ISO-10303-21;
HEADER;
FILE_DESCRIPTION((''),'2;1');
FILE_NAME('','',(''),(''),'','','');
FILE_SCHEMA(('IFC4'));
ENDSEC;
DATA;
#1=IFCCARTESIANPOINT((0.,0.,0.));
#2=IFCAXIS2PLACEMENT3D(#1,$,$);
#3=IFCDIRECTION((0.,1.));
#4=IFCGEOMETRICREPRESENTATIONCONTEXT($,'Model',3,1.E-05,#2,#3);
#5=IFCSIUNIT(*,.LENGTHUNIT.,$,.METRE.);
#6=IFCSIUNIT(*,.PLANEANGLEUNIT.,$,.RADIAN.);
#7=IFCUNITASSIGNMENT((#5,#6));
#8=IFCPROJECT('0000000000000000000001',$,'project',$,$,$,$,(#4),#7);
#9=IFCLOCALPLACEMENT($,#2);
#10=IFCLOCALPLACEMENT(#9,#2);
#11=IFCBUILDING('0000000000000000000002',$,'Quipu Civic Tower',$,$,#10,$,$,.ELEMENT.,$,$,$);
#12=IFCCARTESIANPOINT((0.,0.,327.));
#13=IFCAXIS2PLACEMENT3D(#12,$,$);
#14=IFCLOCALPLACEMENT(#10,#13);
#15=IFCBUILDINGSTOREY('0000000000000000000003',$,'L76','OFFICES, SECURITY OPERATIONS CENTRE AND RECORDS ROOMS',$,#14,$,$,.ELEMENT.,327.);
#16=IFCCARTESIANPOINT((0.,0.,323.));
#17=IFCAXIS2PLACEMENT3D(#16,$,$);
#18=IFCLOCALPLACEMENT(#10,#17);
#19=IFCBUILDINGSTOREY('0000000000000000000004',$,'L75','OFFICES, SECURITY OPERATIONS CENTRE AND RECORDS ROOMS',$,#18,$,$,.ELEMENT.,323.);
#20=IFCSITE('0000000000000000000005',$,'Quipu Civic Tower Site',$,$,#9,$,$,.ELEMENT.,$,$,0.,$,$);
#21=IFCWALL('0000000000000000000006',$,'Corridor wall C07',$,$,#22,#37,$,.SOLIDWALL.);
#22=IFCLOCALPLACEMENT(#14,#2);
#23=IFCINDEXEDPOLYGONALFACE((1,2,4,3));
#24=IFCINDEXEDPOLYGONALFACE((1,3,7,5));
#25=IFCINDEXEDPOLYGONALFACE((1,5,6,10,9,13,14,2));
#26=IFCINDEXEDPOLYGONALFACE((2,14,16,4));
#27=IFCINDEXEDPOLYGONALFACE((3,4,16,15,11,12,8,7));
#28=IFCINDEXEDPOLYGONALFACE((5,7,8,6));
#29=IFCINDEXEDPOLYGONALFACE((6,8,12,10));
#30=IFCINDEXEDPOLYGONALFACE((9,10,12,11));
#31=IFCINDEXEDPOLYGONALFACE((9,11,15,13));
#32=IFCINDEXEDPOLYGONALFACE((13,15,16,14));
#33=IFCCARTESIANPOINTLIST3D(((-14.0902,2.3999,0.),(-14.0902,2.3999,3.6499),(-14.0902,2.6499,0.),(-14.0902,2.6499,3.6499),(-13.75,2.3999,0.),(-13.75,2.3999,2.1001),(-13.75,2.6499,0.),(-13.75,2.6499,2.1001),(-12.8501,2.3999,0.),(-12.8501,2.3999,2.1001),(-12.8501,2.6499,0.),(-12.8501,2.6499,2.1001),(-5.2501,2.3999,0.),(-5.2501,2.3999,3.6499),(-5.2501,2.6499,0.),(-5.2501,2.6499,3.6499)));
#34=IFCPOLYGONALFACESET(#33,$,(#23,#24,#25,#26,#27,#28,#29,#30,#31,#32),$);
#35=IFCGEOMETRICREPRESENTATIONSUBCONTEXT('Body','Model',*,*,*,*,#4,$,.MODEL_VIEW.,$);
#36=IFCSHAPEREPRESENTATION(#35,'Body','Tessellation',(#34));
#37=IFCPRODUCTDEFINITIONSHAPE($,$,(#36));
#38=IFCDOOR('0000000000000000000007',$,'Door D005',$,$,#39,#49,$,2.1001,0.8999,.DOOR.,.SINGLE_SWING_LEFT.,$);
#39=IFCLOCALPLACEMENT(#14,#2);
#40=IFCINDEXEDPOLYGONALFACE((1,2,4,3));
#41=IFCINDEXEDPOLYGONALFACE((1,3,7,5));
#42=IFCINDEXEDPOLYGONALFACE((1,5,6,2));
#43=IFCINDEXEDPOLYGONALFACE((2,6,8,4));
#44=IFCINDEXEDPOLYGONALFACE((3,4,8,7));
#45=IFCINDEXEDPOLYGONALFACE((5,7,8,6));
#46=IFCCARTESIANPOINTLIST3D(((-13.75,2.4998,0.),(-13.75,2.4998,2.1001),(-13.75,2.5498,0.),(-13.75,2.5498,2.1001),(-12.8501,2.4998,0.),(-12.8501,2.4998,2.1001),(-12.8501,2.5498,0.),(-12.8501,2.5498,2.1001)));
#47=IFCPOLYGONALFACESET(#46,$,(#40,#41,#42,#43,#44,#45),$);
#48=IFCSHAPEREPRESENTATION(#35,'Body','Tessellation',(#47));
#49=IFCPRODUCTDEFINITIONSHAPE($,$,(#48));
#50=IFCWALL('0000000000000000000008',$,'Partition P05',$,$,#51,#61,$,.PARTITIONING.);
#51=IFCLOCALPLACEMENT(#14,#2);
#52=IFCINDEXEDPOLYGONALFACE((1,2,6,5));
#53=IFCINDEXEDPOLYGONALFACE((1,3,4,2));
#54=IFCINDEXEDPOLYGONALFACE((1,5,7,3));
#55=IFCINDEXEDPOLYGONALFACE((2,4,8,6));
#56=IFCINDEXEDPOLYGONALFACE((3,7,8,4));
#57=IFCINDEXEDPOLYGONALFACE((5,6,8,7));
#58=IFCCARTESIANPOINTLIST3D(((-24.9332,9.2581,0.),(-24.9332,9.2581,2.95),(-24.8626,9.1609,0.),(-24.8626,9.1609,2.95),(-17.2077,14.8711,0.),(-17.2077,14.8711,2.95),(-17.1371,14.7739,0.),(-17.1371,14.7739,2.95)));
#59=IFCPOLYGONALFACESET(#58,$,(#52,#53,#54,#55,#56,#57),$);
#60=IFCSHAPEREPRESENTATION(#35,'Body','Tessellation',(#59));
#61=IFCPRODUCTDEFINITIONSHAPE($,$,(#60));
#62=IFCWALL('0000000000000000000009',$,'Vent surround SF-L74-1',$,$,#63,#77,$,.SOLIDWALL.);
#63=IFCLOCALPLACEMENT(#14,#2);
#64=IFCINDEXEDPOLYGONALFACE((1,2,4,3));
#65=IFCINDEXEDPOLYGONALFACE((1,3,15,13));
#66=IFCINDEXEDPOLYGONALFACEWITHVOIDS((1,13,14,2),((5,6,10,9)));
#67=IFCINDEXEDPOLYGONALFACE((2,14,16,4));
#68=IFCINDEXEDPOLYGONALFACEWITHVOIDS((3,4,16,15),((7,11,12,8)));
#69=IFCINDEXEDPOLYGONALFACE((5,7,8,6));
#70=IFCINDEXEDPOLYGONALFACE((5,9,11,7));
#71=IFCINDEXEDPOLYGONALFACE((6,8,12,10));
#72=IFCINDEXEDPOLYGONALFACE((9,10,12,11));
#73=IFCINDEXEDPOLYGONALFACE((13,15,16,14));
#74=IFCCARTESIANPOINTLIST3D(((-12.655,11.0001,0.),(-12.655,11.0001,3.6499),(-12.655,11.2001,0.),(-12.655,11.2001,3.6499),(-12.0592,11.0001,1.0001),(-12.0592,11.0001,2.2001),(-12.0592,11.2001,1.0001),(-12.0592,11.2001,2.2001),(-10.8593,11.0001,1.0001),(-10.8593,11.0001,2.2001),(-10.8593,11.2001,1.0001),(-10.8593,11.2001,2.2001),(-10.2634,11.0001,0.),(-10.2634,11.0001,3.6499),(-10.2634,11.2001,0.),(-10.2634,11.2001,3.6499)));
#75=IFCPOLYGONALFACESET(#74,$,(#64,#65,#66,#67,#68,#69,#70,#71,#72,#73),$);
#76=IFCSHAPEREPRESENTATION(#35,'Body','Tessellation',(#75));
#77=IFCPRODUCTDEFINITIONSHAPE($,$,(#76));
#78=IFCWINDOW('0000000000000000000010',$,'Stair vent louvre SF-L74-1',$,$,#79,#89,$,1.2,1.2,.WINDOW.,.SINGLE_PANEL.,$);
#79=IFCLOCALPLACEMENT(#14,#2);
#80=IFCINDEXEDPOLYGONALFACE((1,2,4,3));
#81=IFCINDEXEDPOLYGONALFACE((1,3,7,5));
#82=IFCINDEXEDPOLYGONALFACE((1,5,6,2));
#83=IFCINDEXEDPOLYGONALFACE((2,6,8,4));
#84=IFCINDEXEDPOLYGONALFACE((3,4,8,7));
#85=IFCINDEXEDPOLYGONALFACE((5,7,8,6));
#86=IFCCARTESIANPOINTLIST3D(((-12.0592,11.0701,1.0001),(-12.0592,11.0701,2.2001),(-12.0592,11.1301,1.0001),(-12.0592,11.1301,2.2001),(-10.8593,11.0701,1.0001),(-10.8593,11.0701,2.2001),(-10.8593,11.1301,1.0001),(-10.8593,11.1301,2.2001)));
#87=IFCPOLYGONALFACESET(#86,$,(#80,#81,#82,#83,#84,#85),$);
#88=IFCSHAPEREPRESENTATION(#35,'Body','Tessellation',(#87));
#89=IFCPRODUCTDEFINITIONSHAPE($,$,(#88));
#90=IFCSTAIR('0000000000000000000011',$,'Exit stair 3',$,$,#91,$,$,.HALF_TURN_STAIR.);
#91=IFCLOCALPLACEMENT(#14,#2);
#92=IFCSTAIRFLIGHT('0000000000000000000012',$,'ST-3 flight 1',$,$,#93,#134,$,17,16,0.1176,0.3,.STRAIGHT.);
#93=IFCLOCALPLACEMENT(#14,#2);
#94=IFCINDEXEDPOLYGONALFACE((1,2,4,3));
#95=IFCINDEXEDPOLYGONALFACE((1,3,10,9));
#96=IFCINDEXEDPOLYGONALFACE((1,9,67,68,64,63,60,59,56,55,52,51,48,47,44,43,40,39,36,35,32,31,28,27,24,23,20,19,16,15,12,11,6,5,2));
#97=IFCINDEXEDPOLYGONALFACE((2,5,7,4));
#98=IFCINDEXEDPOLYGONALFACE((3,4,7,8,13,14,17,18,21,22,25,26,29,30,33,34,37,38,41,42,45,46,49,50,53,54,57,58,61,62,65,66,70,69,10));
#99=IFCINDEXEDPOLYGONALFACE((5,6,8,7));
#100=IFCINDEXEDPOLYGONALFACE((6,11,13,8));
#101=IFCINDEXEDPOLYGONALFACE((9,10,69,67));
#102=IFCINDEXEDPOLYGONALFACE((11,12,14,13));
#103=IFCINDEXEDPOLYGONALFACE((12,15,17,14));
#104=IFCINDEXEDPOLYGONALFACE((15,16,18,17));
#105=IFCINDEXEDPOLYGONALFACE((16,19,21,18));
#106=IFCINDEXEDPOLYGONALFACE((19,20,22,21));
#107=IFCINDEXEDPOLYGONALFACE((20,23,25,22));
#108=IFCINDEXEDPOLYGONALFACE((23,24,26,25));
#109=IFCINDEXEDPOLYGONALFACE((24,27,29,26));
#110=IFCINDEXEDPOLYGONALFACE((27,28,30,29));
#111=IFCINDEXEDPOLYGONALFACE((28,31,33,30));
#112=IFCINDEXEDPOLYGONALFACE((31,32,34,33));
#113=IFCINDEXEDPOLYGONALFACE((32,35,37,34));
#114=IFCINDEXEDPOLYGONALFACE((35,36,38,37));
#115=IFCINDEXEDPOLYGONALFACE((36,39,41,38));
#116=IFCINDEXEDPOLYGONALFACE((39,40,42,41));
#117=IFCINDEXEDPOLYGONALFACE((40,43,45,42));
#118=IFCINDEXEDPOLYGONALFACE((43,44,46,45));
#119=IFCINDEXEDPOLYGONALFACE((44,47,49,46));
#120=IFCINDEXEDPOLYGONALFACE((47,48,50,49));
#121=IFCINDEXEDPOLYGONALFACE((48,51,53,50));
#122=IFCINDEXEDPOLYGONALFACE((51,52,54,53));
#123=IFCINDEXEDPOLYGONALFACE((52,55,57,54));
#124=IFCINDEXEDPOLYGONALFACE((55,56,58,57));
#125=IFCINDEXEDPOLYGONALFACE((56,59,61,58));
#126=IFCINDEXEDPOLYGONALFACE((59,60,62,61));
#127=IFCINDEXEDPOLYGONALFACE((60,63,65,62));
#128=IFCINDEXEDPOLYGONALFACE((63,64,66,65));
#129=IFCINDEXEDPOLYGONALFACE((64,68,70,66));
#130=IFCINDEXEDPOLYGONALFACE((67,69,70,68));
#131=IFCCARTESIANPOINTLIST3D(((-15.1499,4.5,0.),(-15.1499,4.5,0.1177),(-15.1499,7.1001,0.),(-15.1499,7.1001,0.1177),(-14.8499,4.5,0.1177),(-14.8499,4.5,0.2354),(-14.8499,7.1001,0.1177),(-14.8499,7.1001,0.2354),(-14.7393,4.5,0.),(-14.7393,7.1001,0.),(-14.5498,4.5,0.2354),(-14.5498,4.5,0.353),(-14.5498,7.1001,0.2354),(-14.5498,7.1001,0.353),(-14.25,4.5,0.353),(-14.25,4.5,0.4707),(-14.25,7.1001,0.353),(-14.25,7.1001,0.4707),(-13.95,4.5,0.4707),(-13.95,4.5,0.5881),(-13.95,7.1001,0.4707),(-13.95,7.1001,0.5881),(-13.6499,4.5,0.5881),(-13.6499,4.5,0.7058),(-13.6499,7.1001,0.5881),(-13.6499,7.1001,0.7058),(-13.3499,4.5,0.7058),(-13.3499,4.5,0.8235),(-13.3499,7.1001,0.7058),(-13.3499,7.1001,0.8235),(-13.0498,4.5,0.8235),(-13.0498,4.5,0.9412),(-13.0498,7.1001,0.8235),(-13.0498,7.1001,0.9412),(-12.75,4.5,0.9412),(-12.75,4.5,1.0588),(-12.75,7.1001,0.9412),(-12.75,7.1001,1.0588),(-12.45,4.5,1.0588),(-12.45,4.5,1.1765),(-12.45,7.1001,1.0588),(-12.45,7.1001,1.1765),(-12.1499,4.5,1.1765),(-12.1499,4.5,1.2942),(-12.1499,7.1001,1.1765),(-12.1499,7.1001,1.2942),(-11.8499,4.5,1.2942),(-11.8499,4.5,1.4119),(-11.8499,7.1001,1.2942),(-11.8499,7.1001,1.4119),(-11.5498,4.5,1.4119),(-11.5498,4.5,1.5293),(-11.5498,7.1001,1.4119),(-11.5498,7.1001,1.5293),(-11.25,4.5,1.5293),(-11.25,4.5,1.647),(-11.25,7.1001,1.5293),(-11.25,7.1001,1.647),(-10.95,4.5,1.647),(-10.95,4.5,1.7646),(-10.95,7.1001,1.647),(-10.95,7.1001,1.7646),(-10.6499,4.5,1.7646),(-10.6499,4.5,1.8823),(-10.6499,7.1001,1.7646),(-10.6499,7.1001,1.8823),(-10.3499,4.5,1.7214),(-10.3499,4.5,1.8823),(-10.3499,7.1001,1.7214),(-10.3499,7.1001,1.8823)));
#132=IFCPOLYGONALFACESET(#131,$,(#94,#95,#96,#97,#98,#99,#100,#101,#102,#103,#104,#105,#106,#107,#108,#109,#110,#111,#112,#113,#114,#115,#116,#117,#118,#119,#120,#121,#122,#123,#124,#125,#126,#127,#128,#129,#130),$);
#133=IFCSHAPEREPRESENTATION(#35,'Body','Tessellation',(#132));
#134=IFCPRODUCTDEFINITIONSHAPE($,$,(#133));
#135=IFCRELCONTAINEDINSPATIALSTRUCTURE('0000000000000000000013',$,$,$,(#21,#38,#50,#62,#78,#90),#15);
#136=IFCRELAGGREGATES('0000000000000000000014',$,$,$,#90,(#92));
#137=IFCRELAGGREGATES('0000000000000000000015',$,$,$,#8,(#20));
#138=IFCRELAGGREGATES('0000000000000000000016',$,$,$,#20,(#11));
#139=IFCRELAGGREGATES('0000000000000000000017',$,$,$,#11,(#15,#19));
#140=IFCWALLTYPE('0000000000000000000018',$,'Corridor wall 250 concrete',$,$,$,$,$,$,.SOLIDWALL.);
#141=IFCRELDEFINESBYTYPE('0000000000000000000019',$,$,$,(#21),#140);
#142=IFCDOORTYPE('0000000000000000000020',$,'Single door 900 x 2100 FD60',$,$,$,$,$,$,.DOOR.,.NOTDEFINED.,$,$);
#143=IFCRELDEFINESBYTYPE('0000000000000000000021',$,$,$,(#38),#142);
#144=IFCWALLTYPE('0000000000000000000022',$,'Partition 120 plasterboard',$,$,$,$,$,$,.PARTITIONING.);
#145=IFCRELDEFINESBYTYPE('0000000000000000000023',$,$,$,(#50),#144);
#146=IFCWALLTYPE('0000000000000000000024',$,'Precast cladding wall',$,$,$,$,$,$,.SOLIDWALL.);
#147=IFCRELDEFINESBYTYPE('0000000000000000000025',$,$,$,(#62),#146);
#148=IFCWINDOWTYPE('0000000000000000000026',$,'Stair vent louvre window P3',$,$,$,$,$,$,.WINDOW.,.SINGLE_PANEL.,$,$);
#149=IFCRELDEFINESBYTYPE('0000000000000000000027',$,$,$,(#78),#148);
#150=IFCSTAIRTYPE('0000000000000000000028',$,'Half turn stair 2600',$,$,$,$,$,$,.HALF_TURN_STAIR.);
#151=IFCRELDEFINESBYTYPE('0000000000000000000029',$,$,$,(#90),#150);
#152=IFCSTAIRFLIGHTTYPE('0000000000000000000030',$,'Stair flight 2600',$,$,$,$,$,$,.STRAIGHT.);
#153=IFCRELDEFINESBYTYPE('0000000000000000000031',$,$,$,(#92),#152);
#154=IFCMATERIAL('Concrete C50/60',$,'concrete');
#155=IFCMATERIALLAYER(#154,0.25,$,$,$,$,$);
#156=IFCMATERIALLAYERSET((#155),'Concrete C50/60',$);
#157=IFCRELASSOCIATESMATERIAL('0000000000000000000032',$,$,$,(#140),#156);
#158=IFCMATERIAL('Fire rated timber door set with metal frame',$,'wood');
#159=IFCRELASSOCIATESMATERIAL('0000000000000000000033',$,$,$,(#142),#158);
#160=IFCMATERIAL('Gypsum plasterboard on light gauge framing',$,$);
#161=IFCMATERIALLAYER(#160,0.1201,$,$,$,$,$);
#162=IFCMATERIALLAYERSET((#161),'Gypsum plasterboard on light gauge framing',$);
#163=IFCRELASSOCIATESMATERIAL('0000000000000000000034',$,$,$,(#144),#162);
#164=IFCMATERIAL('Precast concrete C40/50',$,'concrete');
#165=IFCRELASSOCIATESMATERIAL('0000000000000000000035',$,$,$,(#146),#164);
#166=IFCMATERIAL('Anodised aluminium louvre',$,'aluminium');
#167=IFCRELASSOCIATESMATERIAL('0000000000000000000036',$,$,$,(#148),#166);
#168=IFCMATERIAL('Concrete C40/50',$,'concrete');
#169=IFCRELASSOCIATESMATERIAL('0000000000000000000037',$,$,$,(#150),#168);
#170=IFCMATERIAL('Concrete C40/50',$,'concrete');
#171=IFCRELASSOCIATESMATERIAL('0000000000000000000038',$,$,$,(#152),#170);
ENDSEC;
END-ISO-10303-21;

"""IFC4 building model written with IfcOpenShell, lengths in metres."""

from ifc_helpers import new_model, si_unit, direction, frame, frame_2d, origin, place, context, subcontext, project, spatial, polyline, rectangle, outline, extrude, material, layer, layer_set, type_object, element, fill, aggregate, save


model = new_model("IFC4")

# Units and contexts
model_context = context("Model", 3, precision=1e-05, world=origin(), true_north=direction((0.0, 1.0)))
body_context = subcontext(model_context, "Body", "Model", "MODEL_VIEW")
ifc_project = project(units=[si_unit("LENGTHUNIT", "METRE"), si_unit("PLANEANGLEUNIT", "RADIAN")], contexts=[model_context])

# Site, building, storey
site_placement = place(None, origin())
site = spatial("IfcSite", under=ifc_project, at=site_placement, Name="Quipu Civic Tower Site", CompositionType="ELEMENT", RefElevation=0.0)
building_placement = place(site_placement, origin())
building = spatial("IfcBuilding", under=site, at=building_placement, Name="Quipu Civic Tower", CompositionType="ELEMENT")
storey_1_placement = place(building_placement, frame((0.0, 0.0, 327.0)))
storey_1 = spatial("IfcBuildingStorey", under=building, at=storey_1_placement, Name="L76", Description="OFFICES, SECURITY OPERATIONS CENTRE AND RECORDS ROOMS", CompositionType="ELEMENT", Elevation=327.0)

# Shared definitions
storey_2_placement = place(building_placement, frame((0.0, 0.0, 323.0)))
storey_2 = spatial("IfcBuildingStorey", under=building, at=storey_2_placement, Name="L75", Description="OFFICES, SECURITY OPERATIONS CENTRE AND RECORDS ROOMS", CompositionType="ELEMENT", Elevation=323.0)

# Wall, opening, door
ifc_material_1 = material(Name="Concrete C50/60", Category="concrete")
ifc_layer_1 = layer(ifc_material_1, 0.25)
ifc_layer_set_1 = layer_set([ifc_layer_1], Name="Concrete C50/60")
wall_type_1 = type_object("IfcWallType", Name="Corridor wall 250 concrete", PredefinedType="SOLIDWALL", material=ifc_layer_set_1)
wall_1_placement = place(storey_1_placement, frame((-14.0901, 2.5249, 0.0), z_axis=(0.0, 0.0, 1.0), x_axis=(1.0, 0.0, 0.0)))
wall_1 = element("IfcWall", 1, at=wall_1_placement, inside=storey_1, type_object=wall_type_1, Name="Corridor wall C07", PredefinedType="SOLIDWALL", context=body_context, shape_type="SweptSolid", body=[
    extrude(rectangle(XDim=8.8401, YDim=0.25, at=frame_2d((4.4199, 0.0))), origin(), (0.0, 0.0, 1.0), 3.6499),
])
opening_1_placement = place(wall_1_placement, frame((0.3401, 0.0, 0.0)))
opening_1 = element("IfcOpeningElement", 2, at=opening_1_placement, cuts=wall_1, PredefinedType="OPENING", context=body_context, shape_type="SweptSolid", body=[
    extrude(rectangle(XDim=0.8999, YDim=2.1001, at=frame_2d((0.45, 1.05))), frame((0.0, 0.135, 0.0), z_axis=(0.0, -1.0, 0.0), x_axis=(1.0, 0.0, 0.0)), (0.0, 0.0, 1.0), 0.27),
])
ifc_material_2 = material(Name="Fire rated timber door set with metal frame", Category="wood")
door_type = type_object("IfcDoorType", Name="Single door 900 x 2100 FD60", OperationType="NOTDEFINED", PredefinedType="DOOR", material=ifc_material_2)
door_placement = place(opening_1_placement, origin())
door = element("IfcDoor", 3, at=door_placement, inside=storey_1, type_object=door_type, Name="Door D005", OperationType="SINGLE_SWING_LEFT", OverallHeight=2.1001, OverallWidth=0.8999, PredefinedType="DOOR", context=body_context, shape_type="SweptSolid", body=[
    extrude(rectangle(XDim=0.8999, YDim=2.1001, at=frame_2d((0.45, 1.05))), frame((0.0, 0.0249, 0.0), z_axis=(0.0, -1.0, 0.0), x_axis=(1.0, 0.0, 0.0)), (0.0, 0.0, 1.0), 0.05),
])
fill(opening_1, door)

# Wall
ifc_material_3 = material(Name="Gypsum plasterboard on light gauge framing")
ifc_layer_2 = layer(ifc_material_3, 0.1201)
ifc_layer_set_2 = layer_set([ifc_layer_2], Name="Gypsum plasterboard on light gauge framing")
wall_type_2 = type_object("IfcWallType", Name="Partition 120 plasterboard", PredefinedType="PARTITIONING", material=ifc_layer_set_2)
wall_2_placement = place(storey_1_placement, frame((-17.1724, 14.8225, 0.0), z_axis=(0.0, 0.0, 1.0), x_axis=(-0.809013, -0.58779, 0.0)))
element("IfcWall", 4, at=wall_2_placement, inside=storey_1, type_object=wall_type_2, Name="Partition P05", PredefinedType="PARTITIONING", context=body_context, shape_type="SweptSolid", body=[
    extrude(rectangle(XDim=9.5493, YDim=0.1201, at=frame_2d((4.7747, 0.0))), origin(), (0.0, 0.0, 1.0), 2.95),
])

# Wall, opening, window
ifc_material_4 = material(Name="Precast concrete C40/50", Category="concrete")
wall_type_3 = type_object("IfcWallType", Name="Precast cladding wall", PredefinedType="SOLIDWALL", material=ifc_material_4)
wall_3_placement = place(storey_1_placement, frame((-10.2634, 11.1001, 0.0), z_axis=(0.0, 0.0, 1.0), x_axis=(-1.0, 0.0, 0.0)))
wall_3 = element("IfcWall", 5, at=wall_3_placement, inside=storey_1, type_object=wall_type_3, Name="Vent surround SF-L74-1", PredefinedType="SOLIDWALL", context=body_context, shape_type="SweptSolid", body=[
    extrude(rectangle(XDim=2.3916, YDim=0.2, at=frame_2d((1.1958, 0.0))), origin(), (0.0, 0.0, 1.0), 3.6499),
])
opening_2_placement = place(wall_3_placement, frame((0.5957, 0.0, 1.0)))
opening_2 = element("IfcOpeningElement", 6, at=opening_2_placement, cuts=wall_3, PredefinedType="OPENING", context=body_context, shape_type="SweptSolid", body=[
    extrude(rectangle(XDim=1.2, YDim=1.2, at=frame_2d((0.6001, 0.6001))), frame((0.0, 0.1099, 0.0), z_axis=(0.0, -1.0, 0.0), x_axis=(1.0, 0.0, 0.0)), (0.0, 0.0, 1.0), 0.22),
])
ifc_material_5 = material(Name="Anodised aluminium louvre", Category="aluminium")
window_type = type_object("IfcWindowType", Name="Stair vent louvre window P3", PartitioningType="SINGLE_PANEL", PredefinedType="WINDOW", material=ifc_material_5)
window_placement = place(opening_2_placement, origin())
window = element("IfcWindow", 7, at=window_placement, inside=storey_1, type_object=window_type, Name="Stair vent louvre SF-L74-1", OverallHeight=1.2, OverallWidth=1.2, PartitioningType="SINGLE_PANEL", PredefinedType="WINDOW", context=body_context, shape_type="SweptSolid", body=[
    extrude(rectangle(XDim=1.2, YDim=1.2, at=frame_2d((0.6001, 0.6001))), frame((0.0, 0.03, 0.0), z_axis=(0.0, -1.0, 0.0), x_axis=(1.0, 0.0, 0.0)), (0.0, 0.0, 1.0), 0.0601),
])
fill(opening_2, window)

# Stair, stair flight
ifc_material_6 = material(Name="Concrete C40/50", Category="concrete")
stair_type = type_object("IfcStairType", Name="Half turn stair 2600", PredefinedType="HALF_TURN_STAIR", material=ifc_material_6)
stair_placement = place(storey_1_placement, origin())
stair = element("IfcStair", 8, at=stair_placement, inside=storey_1, type_object=stair_type, Name="Exit stair 3", PredefinedType="HALF_TURN_STAIR")
ifc_material_7 = material(Name="Concrete C40/50", Category="concrete")
stair_flight_type = type_object("IfcStairFlightType", Name="Stair flight 2600", PredefinedType="STRAIGHT", material=ifc_material_7)
stair_flight_1_placement = place(storey_1_placement, frame((-15.1499, 5.8, 0.0), z_axis=(0.0, 0.0, 1.0), x_axis=(1.0, 0.0, 0.0)))
stair_flight_1 = element("IfcStairFlight", 9, at=stair_flight_1_placement, type_object=stair_flight_type, Name="ST-3 flight 1", NumberOfRisers=17, NumberOfTreads=16, PredefinedType="STRAIGHT", RiserHeight=0.1176, TreadLength=0.3, context=body_context, shape_type="SweptSolid", body=[
    extrude(outline(polyline([(0.0, 0.0), (0.0, 0.1177), (0.3, 0.1177), (0.3, 0.2354), (0.6001, 0.2354), (0.6001, 0.353), (0.8999, 0.353), (0.8999, 0.4707), (1.2, 0.4707), (1.2, 0.5881), (1.5, 0.5881), (1.5, 0.7058), (1.8, 0.7058), (1.8, 0.8235), (2.1001, 0.8235), (2.1001, 0.9412), (2.3999, 0.9412), (2.3999, 1.0588), (2.7, 1.0588), (2.7, 1.1765), (3.0, 1.1765), (3.0, 1.2942), (3.3, 1.2942), (3.3, 1.4119), (3.6001, 1.4119), (3.6001, 1.5293), (3.8999, 1.5293), (3.8999, 1.647), (4.2, 1.647), (4.2, 1.7646), (4.5, 1.7646), (4.5, 1.8823), (4.8, 1.8823), (4.8, 2.0), (4.8, 1.7214), (0.4106, 0.0), (0.0, 0.0)])), frame((0.0, 1.3, 0.0), z_axis=(0.0, -1.0, 0.0), x_axis=(1.0, 0.0, 0.0)), (0.0, 0.0, 1.0), 2.6001),
])
aggregate(stair, [stair_flight_1])

save(model, "model.ifc")
